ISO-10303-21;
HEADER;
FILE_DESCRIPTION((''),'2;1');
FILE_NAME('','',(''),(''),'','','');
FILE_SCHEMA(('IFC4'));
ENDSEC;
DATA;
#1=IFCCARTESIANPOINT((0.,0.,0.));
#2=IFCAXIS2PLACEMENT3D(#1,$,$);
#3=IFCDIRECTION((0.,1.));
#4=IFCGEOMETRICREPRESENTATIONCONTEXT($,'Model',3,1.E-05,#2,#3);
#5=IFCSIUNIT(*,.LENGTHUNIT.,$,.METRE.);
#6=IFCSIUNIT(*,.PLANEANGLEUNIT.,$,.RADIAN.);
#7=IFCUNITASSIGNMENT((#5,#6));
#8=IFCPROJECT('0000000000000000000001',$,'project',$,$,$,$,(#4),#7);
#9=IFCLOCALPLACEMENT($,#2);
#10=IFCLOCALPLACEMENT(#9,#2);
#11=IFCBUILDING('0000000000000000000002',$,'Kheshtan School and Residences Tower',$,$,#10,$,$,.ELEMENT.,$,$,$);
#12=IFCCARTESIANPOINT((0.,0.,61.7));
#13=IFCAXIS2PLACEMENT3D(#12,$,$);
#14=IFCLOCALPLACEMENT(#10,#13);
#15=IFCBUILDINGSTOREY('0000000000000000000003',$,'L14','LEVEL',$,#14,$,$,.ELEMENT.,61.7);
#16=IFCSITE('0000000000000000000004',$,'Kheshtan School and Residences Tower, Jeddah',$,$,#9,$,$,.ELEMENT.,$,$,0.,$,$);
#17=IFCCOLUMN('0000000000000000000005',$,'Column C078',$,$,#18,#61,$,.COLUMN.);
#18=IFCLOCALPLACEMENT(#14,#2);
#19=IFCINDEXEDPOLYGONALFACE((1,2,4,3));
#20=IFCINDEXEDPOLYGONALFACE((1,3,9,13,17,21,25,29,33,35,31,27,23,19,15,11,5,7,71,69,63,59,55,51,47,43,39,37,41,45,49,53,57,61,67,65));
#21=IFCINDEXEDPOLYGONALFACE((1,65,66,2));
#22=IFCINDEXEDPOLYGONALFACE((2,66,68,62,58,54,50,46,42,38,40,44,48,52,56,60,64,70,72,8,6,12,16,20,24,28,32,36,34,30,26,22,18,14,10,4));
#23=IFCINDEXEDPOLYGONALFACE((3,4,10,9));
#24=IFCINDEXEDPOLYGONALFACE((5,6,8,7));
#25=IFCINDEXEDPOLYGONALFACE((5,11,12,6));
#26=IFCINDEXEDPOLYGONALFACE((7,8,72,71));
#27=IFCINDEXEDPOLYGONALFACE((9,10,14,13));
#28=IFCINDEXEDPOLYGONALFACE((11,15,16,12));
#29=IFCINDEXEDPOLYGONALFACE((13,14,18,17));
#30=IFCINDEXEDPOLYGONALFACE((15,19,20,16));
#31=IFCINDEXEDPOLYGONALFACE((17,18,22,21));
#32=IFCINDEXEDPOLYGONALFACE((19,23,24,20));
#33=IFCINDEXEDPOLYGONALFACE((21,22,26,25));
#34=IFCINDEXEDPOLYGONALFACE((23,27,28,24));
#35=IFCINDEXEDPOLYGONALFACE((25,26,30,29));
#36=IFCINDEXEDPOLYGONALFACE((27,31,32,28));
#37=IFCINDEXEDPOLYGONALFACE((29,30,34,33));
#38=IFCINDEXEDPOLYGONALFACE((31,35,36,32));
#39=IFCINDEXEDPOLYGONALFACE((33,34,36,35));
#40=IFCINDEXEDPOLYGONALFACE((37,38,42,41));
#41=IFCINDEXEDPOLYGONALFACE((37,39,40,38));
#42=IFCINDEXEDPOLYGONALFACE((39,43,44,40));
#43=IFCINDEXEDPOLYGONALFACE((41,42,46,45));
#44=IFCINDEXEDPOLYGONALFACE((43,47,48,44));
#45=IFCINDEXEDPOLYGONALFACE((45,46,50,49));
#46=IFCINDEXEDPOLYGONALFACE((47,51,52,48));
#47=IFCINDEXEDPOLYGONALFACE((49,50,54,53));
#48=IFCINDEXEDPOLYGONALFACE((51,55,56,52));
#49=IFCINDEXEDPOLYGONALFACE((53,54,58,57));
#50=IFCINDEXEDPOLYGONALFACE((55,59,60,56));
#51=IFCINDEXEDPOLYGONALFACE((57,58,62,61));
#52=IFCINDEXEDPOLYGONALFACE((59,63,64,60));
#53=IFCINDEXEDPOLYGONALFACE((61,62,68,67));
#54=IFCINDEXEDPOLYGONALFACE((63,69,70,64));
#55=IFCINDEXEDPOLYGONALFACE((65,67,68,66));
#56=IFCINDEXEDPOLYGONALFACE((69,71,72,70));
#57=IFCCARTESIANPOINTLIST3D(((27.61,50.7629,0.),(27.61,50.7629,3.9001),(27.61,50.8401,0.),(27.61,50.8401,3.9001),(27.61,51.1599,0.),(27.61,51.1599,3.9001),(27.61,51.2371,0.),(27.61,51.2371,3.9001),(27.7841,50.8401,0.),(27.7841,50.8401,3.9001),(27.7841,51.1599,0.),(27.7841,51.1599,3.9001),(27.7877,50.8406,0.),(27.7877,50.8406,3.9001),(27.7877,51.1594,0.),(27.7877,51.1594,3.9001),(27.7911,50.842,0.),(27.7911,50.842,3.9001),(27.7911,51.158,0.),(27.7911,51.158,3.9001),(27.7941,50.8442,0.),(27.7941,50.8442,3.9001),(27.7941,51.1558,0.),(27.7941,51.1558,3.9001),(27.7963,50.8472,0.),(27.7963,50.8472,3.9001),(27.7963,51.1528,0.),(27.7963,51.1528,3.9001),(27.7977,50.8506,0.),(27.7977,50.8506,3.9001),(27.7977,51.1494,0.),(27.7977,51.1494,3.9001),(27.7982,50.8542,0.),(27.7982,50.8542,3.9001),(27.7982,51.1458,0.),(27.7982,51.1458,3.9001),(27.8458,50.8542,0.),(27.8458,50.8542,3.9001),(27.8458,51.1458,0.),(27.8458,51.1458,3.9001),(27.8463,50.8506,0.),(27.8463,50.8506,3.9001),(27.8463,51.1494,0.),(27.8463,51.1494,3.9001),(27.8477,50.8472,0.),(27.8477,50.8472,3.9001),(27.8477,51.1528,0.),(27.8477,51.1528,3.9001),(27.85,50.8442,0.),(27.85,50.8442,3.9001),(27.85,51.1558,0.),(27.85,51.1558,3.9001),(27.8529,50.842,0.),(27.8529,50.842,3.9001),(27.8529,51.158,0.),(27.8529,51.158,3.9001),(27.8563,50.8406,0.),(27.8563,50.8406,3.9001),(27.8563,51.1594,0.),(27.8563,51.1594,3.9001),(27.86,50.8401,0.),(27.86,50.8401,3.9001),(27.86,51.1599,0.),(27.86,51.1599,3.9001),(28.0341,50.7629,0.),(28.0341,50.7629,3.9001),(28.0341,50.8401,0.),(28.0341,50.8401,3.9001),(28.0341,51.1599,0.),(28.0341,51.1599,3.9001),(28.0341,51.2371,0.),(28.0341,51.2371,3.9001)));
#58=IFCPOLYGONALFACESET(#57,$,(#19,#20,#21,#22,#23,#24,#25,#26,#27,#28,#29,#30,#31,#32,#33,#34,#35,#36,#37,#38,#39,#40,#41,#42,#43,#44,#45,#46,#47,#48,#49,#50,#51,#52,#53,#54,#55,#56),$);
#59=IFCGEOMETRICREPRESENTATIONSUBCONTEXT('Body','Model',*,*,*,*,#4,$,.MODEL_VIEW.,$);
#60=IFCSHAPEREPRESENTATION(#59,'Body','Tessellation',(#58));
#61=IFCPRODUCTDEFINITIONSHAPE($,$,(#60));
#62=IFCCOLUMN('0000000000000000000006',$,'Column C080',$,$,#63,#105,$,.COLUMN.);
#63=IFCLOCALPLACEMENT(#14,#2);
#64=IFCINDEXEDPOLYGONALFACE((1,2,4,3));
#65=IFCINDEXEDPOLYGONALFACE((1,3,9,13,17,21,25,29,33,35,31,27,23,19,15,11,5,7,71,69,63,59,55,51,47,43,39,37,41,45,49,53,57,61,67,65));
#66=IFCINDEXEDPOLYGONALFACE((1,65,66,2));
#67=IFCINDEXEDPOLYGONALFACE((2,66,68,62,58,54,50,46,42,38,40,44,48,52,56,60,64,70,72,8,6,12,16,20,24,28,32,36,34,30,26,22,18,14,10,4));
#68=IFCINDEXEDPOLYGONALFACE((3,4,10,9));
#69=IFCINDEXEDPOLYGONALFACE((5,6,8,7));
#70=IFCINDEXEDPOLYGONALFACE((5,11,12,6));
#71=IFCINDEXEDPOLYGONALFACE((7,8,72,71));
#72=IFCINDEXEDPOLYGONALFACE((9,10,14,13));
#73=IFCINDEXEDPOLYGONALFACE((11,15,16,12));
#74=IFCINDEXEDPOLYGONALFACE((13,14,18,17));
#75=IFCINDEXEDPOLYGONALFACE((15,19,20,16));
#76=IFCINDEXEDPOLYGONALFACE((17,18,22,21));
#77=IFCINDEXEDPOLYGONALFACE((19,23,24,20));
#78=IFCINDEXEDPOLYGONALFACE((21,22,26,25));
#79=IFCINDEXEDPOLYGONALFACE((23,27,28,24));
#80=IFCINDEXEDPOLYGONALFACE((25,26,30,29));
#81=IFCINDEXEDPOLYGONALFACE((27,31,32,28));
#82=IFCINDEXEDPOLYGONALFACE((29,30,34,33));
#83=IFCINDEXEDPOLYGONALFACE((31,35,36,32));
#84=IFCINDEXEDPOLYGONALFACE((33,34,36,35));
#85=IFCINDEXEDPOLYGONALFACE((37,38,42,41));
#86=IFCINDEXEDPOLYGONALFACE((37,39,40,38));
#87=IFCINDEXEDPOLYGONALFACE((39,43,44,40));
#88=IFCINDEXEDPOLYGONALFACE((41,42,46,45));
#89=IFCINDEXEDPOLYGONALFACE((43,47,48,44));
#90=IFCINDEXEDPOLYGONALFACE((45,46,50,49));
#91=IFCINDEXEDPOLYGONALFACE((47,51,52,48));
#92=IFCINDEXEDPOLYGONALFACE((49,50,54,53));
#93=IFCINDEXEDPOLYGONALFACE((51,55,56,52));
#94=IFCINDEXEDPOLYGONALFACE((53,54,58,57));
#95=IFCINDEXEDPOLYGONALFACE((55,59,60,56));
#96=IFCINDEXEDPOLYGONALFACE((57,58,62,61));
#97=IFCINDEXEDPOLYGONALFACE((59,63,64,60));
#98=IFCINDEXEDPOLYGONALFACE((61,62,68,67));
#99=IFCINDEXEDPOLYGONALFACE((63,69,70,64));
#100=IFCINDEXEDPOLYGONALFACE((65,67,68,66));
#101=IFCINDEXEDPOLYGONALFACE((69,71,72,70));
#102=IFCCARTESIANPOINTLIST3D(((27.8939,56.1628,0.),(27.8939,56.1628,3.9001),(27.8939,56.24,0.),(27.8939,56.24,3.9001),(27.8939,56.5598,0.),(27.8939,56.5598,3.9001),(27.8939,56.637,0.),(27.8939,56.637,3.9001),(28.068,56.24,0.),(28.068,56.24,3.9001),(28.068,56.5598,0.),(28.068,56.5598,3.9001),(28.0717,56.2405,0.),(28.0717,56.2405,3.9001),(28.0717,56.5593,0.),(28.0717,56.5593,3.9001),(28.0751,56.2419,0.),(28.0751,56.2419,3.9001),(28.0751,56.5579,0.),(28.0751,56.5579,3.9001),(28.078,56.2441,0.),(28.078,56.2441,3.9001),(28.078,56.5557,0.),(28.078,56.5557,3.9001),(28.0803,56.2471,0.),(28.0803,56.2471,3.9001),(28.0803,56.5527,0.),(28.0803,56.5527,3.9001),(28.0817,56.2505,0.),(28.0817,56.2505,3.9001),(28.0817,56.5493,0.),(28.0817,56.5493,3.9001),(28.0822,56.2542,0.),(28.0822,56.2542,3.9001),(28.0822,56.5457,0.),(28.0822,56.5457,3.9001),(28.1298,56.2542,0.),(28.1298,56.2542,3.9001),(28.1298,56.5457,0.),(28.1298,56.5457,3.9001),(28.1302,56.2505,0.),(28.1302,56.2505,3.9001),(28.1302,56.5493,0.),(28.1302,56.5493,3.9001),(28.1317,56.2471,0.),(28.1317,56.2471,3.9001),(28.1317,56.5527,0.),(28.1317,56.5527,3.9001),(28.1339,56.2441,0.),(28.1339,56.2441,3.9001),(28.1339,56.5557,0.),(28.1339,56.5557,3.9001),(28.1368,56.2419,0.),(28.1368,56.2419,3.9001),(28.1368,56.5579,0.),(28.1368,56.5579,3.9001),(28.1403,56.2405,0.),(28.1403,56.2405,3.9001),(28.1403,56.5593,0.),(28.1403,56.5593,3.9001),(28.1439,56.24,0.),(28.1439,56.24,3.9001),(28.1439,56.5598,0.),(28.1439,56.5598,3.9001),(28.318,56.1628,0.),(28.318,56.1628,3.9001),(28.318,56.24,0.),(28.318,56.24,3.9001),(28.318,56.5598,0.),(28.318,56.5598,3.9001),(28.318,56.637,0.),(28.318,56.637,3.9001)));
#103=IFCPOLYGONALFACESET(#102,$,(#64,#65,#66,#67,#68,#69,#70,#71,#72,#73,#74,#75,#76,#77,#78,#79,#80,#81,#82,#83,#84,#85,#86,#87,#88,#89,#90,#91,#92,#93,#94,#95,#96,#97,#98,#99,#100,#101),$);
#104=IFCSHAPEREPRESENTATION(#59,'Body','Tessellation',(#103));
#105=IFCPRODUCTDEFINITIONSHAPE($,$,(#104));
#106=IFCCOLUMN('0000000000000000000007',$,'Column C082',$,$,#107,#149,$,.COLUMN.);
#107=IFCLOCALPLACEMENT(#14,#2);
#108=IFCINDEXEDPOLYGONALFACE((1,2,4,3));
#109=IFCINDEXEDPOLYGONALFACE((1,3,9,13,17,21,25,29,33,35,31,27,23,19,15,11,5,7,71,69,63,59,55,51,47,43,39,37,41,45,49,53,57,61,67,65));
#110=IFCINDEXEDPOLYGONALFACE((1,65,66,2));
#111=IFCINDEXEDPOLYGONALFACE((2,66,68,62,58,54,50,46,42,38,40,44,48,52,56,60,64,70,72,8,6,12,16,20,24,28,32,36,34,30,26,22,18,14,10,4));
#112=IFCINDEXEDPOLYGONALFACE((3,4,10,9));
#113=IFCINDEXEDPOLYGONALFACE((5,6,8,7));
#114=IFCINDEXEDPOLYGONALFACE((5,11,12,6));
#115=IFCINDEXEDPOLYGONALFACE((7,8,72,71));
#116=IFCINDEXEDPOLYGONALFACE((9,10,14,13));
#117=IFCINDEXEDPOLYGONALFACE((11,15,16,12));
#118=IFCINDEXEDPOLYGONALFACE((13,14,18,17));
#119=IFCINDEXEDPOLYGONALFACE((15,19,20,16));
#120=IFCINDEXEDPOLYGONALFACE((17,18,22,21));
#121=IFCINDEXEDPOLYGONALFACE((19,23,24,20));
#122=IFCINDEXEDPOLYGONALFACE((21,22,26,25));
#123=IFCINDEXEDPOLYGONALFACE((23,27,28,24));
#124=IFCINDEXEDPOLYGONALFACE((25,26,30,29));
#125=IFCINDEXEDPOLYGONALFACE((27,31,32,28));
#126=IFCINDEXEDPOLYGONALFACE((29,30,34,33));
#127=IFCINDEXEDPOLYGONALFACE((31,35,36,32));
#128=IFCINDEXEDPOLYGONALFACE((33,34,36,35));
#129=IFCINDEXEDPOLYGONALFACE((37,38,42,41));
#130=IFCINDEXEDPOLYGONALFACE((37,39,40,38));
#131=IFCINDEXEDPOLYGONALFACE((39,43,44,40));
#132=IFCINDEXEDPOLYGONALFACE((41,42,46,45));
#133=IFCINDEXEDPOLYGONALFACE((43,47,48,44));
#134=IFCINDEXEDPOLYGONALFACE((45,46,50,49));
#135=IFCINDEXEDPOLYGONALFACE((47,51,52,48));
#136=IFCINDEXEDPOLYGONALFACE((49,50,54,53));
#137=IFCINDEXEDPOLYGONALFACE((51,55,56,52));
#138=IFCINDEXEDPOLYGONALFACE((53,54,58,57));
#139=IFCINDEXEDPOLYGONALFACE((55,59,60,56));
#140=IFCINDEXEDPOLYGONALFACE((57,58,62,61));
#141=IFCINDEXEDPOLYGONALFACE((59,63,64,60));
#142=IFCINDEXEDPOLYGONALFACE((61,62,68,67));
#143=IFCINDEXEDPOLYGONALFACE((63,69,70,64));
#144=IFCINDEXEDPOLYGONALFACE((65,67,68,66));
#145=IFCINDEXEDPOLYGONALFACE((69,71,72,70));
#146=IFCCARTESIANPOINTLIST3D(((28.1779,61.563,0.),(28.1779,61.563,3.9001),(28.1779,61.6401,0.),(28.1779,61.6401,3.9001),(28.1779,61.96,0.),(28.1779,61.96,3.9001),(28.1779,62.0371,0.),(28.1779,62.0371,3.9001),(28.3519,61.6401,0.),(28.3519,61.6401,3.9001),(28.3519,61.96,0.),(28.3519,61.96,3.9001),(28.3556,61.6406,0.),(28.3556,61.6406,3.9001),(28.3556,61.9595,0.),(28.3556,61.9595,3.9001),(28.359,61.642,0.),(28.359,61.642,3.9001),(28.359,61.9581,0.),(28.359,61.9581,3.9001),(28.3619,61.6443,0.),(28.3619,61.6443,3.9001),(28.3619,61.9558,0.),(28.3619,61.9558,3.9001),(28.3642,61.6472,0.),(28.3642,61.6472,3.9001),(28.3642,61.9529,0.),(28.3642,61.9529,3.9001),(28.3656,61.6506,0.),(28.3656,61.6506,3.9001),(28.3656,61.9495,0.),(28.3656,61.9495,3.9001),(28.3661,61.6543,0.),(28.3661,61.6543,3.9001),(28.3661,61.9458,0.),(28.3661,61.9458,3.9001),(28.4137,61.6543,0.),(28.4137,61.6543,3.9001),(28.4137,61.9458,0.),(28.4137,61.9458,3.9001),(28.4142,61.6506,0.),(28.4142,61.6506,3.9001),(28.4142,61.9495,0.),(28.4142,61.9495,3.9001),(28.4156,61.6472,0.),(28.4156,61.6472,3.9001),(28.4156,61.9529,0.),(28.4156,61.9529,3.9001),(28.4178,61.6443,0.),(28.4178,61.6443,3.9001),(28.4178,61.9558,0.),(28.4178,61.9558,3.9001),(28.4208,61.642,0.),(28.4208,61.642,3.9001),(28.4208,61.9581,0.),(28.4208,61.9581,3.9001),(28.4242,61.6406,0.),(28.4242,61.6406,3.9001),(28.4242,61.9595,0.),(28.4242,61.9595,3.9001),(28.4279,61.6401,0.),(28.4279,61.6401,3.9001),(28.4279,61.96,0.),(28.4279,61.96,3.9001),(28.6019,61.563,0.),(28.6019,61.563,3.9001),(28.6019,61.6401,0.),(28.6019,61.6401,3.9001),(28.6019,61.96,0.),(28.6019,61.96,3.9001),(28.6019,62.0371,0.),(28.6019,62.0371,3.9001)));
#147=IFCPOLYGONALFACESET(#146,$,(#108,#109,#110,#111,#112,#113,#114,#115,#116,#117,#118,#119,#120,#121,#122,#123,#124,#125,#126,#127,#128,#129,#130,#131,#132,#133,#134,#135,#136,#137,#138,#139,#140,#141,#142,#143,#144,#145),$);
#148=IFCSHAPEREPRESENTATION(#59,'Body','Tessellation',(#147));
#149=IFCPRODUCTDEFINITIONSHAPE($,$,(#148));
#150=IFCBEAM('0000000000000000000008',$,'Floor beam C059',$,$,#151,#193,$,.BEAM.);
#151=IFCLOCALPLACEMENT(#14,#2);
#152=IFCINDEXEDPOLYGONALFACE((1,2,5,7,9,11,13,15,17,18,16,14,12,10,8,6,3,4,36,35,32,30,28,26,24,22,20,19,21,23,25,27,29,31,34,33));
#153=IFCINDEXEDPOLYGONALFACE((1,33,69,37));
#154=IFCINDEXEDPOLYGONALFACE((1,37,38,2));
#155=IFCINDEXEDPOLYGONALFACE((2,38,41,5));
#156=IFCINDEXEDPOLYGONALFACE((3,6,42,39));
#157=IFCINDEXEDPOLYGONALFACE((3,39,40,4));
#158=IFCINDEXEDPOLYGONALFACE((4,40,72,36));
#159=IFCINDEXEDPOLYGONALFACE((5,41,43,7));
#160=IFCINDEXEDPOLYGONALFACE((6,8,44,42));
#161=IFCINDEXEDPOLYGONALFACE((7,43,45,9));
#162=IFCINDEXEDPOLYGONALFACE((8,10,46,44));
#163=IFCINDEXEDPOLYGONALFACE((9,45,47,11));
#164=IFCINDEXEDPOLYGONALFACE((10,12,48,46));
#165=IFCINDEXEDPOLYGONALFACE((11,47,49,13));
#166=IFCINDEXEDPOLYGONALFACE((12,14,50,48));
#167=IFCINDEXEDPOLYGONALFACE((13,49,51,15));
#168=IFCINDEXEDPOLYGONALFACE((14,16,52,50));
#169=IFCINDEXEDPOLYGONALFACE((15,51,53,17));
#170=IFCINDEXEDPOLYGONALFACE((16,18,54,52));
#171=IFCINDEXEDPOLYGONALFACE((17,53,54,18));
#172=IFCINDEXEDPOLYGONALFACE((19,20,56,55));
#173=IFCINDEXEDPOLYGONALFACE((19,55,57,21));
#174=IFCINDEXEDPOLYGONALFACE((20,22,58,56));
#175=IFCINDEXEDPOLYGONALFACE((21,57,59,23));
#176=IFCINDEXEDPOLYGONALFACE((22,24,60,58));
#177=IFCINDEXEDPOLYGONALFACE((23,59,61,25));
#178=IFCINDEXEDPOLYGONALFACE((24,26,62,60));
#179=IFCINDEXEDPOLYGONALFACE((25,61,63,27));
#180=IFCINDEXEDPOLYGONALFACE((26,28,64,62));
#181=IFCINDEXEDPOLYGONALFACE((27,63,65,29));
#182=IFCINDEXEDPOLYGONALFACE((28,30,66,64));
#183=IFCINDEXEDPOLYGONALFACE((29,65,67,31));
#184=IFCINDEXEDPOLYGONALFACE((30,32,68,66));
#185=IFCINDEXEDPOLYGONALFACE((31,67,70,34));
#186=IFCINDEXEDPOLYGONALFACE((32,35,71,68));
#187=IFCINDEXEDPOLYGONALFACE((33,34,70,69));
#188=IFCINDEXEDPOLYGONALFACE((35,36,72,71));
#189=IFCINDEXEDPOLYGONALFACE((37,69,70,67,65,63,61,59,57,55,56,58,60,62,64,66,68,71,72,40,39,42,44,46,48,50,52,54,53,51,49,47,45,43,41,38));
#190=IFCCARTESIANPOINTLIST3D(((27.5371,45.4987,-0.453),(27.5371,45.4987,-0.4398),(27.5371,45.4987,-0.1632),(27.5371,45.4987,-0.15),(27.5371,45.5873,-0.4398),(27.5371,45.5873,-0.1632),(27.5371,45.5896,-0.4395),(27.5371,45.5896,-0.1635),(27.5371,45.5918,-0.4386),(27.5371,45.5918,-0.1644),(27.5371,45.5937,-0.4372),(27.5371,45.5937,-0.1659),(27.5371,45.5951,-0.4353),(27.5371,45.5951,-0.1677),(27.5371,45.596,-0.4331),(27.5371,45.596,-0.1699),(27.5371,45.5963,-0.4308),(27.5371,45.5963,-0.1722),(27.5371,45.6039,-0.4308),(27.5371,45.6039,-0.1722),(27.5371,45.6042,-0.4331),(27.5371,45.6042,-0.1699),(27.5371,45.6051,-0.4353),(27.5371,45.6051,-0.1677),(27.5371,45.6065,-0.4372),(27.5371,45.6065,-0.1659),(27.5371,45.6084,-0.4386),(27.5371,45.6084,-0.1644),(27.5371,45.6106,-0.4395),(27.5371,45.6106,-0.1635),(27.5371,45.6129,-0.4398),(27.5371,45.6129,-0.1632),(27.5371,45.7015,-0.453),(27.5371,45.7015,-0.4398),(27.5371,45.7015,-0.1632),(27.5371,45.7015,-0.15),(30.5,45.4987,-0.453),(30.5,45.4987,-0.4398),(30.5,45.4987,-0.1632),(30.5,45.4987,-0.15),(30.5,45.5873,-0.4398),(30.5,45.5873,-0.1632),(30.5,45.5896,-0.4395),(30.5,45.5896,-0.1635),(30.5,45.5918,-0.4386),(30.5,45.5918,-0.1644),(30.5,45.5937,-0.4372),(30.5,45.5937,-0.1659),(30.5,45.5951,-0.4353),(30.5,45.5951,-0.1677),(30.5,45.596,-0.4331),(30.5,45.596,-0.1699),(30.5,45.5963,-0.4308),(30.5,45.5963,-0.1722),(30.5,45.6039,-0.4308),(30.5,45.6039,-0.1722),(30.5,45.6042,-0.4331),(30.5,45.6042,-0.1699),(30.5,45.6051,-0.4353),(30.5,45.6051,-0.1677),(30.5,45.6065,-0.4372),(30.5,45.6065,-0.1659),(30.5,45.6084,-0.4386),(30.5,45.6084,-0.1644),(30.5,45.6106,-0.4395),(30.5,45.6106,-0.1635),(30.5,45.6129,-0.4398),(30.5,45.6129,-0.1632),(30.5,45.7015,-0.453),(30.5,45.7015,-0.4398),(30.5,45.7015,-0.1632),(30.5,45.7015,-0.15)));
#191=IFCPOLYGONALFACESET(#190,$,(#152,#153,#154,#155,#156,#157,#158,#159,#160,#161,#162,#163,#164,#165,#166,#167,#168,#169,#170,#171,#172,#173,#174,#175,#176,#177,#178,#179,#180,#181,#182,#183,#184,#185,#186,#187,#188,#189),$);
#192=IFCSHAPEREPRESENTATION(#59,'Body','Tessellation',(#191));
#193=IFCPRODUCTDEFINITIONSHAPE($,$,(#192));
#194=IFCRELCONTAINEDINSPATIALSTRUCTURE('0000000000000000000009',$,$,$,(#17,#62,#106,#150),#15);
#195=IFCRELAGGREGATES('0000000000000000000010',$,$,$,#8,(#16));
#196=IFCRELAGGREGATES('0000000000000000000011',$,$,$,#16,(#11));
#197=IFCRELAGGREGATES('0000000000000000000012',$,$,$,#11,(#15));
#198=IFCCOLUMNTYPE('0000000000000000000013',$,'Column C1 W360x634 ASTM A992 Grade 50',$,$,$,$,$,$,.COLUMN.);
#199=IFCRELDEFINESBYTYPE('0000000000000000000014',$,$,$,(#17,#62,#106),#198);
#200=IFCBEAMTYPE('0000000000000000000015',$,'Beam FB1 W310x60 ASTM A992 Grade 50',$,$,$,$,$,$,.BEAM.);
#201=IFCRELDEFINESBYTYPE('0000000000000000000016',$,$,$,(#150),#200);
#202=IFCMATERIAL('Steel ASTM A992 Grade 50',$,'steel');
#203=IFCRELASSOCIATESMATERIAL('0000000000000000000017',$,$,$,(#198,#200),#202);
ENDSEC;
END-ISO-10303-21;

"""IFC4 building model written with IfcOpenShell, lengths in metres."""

from ifc_helpers import new_model, si_unit, direction, frame, origin, origin_2d, place, context, subcontext, project, spatial, i_section, extrude, material, material_profile, profile_set, type_object, element, save


model = new_model("IFC4")

# Units and contexts
model_context = context("Model", 3, precision=1e-05, world=origin(), true_north=direction((0.0, 1.0)))
body_context = subcontext(model_context, "Body", "Model", "MODEL_VIEW")
ifc_project = project(units=[si_unit("LENGTHUNIT", "METRE"), si_unit("PLANEANGLEUNIT", "RADIAN")], contexts=[model_context])

# Site, building, storey
site_placement = place(None, origin())
site = spatial("IfcSite", under=ifc_project, at=site_placement, Name="Kheshtan School and Residences Tower, Jeddah", CompositionType="ELEMENT", RefElevation=0.0)
building_placement = place(site_placement, origin())
building = spatial("IfcBuilding", under=site, at=building_placement, Name="Kheshtan School and Residences Tower", CompositionType="ELEMENT")
storey_placement = place(building_placement, frame((0.0, 0.0, 61.7)))
storey = spatial("IfcBuildingStorey", under=building, at=storey_placement, Name="L14", Description="LEVEL", CompositionType="ELEMENT", Elevation=61.7)

# Columns
ifc_material_1 = material(Name="Steel ASTM A992 Grade 50", Category="steel")
ifc_material_profile_1 = material_profile(ifc_material_1, i_section(OverallWidth=0.4241, OverallDepth=0.4741, WebThickness=0.0476, FlangeThickness=0.0771, FilletRadius=0.0142, at=origin_2d()), Name="W360x634")
ifc_profile_set_1 = profile_set([ifc_material_profile_1], Name="Steel ASTM A992 Grade 50")
column_type = type_object("IfcColumnType", Name="Column C1 W360x634 ASTM A992 Grade 50", PredefinedType="COLUMN", material=ifc_profile_set_1)
for number, where, z_axis, x_axis, name in (
    (1, (27.822, 51.0, 0.0), (0.0, 0.0, 1.0), (1.0, 0.0, 0.0), "Column C078"),
    (2, (28.106, 56.3999, 0.0), (0.0, 0.0, 1.0), (1.0, 0.0, 0.0), "Column C080"),
    (3, (28.3899, 61.8, 0.0), (0.0, 0.0, 1.0), (1.0, 0.0, 0.0), "Column C082"),
):
    element("IfcColumn", number, at=place(storey_placement, frame(where, z_axis=z_axis, x_axis=x_axis)), inside=storey, type_object=column_type, Name=name, PredefinedType="COLUMN", context=body_context, shape_type="SweptSolid", body=[
        extrude(i_section(OverallWidth=0.4241, OverallDepth=0.4741, WebThickness=0.0476, FlangeThickness=0.0771, FilletRadius=0.0142, at=origin_2d()), origin(), (0.0, 0.0, 1.0), 3.9001),
    ])

# Beam
ifc_material_profile_2 = material_profile(ifc_material_1, i_section(OverallWidth=0.2029, OverallDepth=0.303, WebThickness=0.0076, FlangeThickness=0.0132, FilletRadius=0.009, at=origin_2d()), Name="W310x60")
ifc_profile_set_2 = profile_set([ifc_material_profile_2], Name="Steel ASTM A992 Grade 50")
beam_type_1 = type_object("IfcBeamType", Name="Beam FB1 W310x60 ASTM A992 Grade 50", PredefinedType="BEAM", material=ifc_profile_set_2)
beam_1_placement = place(storey_placement, frame((27.5371, 45.6001, -0.3015), z_axis=(1.0, 0.0, 0.0), x_axis=(0.0, 1.0, 0.0)))
element("IfcBeam", 4, at=beam_1_placement, inside=storey, type_object=beam_type_1, Name="Floor beam C059", PredefinedType="BEAM", context=body_context, shape_type="SweptSolid", body=[
    extrude(i_section(OverallWidth=0.2029, OverallDepth=0.303, WebThickness=0.0076, FlangeThickness=0.0132, FilletRadius=0.009, at=origin_2d()), origin(), (0.0, 0.0, 1.0), 2.9629),
])

save(model, "model.ifc")
